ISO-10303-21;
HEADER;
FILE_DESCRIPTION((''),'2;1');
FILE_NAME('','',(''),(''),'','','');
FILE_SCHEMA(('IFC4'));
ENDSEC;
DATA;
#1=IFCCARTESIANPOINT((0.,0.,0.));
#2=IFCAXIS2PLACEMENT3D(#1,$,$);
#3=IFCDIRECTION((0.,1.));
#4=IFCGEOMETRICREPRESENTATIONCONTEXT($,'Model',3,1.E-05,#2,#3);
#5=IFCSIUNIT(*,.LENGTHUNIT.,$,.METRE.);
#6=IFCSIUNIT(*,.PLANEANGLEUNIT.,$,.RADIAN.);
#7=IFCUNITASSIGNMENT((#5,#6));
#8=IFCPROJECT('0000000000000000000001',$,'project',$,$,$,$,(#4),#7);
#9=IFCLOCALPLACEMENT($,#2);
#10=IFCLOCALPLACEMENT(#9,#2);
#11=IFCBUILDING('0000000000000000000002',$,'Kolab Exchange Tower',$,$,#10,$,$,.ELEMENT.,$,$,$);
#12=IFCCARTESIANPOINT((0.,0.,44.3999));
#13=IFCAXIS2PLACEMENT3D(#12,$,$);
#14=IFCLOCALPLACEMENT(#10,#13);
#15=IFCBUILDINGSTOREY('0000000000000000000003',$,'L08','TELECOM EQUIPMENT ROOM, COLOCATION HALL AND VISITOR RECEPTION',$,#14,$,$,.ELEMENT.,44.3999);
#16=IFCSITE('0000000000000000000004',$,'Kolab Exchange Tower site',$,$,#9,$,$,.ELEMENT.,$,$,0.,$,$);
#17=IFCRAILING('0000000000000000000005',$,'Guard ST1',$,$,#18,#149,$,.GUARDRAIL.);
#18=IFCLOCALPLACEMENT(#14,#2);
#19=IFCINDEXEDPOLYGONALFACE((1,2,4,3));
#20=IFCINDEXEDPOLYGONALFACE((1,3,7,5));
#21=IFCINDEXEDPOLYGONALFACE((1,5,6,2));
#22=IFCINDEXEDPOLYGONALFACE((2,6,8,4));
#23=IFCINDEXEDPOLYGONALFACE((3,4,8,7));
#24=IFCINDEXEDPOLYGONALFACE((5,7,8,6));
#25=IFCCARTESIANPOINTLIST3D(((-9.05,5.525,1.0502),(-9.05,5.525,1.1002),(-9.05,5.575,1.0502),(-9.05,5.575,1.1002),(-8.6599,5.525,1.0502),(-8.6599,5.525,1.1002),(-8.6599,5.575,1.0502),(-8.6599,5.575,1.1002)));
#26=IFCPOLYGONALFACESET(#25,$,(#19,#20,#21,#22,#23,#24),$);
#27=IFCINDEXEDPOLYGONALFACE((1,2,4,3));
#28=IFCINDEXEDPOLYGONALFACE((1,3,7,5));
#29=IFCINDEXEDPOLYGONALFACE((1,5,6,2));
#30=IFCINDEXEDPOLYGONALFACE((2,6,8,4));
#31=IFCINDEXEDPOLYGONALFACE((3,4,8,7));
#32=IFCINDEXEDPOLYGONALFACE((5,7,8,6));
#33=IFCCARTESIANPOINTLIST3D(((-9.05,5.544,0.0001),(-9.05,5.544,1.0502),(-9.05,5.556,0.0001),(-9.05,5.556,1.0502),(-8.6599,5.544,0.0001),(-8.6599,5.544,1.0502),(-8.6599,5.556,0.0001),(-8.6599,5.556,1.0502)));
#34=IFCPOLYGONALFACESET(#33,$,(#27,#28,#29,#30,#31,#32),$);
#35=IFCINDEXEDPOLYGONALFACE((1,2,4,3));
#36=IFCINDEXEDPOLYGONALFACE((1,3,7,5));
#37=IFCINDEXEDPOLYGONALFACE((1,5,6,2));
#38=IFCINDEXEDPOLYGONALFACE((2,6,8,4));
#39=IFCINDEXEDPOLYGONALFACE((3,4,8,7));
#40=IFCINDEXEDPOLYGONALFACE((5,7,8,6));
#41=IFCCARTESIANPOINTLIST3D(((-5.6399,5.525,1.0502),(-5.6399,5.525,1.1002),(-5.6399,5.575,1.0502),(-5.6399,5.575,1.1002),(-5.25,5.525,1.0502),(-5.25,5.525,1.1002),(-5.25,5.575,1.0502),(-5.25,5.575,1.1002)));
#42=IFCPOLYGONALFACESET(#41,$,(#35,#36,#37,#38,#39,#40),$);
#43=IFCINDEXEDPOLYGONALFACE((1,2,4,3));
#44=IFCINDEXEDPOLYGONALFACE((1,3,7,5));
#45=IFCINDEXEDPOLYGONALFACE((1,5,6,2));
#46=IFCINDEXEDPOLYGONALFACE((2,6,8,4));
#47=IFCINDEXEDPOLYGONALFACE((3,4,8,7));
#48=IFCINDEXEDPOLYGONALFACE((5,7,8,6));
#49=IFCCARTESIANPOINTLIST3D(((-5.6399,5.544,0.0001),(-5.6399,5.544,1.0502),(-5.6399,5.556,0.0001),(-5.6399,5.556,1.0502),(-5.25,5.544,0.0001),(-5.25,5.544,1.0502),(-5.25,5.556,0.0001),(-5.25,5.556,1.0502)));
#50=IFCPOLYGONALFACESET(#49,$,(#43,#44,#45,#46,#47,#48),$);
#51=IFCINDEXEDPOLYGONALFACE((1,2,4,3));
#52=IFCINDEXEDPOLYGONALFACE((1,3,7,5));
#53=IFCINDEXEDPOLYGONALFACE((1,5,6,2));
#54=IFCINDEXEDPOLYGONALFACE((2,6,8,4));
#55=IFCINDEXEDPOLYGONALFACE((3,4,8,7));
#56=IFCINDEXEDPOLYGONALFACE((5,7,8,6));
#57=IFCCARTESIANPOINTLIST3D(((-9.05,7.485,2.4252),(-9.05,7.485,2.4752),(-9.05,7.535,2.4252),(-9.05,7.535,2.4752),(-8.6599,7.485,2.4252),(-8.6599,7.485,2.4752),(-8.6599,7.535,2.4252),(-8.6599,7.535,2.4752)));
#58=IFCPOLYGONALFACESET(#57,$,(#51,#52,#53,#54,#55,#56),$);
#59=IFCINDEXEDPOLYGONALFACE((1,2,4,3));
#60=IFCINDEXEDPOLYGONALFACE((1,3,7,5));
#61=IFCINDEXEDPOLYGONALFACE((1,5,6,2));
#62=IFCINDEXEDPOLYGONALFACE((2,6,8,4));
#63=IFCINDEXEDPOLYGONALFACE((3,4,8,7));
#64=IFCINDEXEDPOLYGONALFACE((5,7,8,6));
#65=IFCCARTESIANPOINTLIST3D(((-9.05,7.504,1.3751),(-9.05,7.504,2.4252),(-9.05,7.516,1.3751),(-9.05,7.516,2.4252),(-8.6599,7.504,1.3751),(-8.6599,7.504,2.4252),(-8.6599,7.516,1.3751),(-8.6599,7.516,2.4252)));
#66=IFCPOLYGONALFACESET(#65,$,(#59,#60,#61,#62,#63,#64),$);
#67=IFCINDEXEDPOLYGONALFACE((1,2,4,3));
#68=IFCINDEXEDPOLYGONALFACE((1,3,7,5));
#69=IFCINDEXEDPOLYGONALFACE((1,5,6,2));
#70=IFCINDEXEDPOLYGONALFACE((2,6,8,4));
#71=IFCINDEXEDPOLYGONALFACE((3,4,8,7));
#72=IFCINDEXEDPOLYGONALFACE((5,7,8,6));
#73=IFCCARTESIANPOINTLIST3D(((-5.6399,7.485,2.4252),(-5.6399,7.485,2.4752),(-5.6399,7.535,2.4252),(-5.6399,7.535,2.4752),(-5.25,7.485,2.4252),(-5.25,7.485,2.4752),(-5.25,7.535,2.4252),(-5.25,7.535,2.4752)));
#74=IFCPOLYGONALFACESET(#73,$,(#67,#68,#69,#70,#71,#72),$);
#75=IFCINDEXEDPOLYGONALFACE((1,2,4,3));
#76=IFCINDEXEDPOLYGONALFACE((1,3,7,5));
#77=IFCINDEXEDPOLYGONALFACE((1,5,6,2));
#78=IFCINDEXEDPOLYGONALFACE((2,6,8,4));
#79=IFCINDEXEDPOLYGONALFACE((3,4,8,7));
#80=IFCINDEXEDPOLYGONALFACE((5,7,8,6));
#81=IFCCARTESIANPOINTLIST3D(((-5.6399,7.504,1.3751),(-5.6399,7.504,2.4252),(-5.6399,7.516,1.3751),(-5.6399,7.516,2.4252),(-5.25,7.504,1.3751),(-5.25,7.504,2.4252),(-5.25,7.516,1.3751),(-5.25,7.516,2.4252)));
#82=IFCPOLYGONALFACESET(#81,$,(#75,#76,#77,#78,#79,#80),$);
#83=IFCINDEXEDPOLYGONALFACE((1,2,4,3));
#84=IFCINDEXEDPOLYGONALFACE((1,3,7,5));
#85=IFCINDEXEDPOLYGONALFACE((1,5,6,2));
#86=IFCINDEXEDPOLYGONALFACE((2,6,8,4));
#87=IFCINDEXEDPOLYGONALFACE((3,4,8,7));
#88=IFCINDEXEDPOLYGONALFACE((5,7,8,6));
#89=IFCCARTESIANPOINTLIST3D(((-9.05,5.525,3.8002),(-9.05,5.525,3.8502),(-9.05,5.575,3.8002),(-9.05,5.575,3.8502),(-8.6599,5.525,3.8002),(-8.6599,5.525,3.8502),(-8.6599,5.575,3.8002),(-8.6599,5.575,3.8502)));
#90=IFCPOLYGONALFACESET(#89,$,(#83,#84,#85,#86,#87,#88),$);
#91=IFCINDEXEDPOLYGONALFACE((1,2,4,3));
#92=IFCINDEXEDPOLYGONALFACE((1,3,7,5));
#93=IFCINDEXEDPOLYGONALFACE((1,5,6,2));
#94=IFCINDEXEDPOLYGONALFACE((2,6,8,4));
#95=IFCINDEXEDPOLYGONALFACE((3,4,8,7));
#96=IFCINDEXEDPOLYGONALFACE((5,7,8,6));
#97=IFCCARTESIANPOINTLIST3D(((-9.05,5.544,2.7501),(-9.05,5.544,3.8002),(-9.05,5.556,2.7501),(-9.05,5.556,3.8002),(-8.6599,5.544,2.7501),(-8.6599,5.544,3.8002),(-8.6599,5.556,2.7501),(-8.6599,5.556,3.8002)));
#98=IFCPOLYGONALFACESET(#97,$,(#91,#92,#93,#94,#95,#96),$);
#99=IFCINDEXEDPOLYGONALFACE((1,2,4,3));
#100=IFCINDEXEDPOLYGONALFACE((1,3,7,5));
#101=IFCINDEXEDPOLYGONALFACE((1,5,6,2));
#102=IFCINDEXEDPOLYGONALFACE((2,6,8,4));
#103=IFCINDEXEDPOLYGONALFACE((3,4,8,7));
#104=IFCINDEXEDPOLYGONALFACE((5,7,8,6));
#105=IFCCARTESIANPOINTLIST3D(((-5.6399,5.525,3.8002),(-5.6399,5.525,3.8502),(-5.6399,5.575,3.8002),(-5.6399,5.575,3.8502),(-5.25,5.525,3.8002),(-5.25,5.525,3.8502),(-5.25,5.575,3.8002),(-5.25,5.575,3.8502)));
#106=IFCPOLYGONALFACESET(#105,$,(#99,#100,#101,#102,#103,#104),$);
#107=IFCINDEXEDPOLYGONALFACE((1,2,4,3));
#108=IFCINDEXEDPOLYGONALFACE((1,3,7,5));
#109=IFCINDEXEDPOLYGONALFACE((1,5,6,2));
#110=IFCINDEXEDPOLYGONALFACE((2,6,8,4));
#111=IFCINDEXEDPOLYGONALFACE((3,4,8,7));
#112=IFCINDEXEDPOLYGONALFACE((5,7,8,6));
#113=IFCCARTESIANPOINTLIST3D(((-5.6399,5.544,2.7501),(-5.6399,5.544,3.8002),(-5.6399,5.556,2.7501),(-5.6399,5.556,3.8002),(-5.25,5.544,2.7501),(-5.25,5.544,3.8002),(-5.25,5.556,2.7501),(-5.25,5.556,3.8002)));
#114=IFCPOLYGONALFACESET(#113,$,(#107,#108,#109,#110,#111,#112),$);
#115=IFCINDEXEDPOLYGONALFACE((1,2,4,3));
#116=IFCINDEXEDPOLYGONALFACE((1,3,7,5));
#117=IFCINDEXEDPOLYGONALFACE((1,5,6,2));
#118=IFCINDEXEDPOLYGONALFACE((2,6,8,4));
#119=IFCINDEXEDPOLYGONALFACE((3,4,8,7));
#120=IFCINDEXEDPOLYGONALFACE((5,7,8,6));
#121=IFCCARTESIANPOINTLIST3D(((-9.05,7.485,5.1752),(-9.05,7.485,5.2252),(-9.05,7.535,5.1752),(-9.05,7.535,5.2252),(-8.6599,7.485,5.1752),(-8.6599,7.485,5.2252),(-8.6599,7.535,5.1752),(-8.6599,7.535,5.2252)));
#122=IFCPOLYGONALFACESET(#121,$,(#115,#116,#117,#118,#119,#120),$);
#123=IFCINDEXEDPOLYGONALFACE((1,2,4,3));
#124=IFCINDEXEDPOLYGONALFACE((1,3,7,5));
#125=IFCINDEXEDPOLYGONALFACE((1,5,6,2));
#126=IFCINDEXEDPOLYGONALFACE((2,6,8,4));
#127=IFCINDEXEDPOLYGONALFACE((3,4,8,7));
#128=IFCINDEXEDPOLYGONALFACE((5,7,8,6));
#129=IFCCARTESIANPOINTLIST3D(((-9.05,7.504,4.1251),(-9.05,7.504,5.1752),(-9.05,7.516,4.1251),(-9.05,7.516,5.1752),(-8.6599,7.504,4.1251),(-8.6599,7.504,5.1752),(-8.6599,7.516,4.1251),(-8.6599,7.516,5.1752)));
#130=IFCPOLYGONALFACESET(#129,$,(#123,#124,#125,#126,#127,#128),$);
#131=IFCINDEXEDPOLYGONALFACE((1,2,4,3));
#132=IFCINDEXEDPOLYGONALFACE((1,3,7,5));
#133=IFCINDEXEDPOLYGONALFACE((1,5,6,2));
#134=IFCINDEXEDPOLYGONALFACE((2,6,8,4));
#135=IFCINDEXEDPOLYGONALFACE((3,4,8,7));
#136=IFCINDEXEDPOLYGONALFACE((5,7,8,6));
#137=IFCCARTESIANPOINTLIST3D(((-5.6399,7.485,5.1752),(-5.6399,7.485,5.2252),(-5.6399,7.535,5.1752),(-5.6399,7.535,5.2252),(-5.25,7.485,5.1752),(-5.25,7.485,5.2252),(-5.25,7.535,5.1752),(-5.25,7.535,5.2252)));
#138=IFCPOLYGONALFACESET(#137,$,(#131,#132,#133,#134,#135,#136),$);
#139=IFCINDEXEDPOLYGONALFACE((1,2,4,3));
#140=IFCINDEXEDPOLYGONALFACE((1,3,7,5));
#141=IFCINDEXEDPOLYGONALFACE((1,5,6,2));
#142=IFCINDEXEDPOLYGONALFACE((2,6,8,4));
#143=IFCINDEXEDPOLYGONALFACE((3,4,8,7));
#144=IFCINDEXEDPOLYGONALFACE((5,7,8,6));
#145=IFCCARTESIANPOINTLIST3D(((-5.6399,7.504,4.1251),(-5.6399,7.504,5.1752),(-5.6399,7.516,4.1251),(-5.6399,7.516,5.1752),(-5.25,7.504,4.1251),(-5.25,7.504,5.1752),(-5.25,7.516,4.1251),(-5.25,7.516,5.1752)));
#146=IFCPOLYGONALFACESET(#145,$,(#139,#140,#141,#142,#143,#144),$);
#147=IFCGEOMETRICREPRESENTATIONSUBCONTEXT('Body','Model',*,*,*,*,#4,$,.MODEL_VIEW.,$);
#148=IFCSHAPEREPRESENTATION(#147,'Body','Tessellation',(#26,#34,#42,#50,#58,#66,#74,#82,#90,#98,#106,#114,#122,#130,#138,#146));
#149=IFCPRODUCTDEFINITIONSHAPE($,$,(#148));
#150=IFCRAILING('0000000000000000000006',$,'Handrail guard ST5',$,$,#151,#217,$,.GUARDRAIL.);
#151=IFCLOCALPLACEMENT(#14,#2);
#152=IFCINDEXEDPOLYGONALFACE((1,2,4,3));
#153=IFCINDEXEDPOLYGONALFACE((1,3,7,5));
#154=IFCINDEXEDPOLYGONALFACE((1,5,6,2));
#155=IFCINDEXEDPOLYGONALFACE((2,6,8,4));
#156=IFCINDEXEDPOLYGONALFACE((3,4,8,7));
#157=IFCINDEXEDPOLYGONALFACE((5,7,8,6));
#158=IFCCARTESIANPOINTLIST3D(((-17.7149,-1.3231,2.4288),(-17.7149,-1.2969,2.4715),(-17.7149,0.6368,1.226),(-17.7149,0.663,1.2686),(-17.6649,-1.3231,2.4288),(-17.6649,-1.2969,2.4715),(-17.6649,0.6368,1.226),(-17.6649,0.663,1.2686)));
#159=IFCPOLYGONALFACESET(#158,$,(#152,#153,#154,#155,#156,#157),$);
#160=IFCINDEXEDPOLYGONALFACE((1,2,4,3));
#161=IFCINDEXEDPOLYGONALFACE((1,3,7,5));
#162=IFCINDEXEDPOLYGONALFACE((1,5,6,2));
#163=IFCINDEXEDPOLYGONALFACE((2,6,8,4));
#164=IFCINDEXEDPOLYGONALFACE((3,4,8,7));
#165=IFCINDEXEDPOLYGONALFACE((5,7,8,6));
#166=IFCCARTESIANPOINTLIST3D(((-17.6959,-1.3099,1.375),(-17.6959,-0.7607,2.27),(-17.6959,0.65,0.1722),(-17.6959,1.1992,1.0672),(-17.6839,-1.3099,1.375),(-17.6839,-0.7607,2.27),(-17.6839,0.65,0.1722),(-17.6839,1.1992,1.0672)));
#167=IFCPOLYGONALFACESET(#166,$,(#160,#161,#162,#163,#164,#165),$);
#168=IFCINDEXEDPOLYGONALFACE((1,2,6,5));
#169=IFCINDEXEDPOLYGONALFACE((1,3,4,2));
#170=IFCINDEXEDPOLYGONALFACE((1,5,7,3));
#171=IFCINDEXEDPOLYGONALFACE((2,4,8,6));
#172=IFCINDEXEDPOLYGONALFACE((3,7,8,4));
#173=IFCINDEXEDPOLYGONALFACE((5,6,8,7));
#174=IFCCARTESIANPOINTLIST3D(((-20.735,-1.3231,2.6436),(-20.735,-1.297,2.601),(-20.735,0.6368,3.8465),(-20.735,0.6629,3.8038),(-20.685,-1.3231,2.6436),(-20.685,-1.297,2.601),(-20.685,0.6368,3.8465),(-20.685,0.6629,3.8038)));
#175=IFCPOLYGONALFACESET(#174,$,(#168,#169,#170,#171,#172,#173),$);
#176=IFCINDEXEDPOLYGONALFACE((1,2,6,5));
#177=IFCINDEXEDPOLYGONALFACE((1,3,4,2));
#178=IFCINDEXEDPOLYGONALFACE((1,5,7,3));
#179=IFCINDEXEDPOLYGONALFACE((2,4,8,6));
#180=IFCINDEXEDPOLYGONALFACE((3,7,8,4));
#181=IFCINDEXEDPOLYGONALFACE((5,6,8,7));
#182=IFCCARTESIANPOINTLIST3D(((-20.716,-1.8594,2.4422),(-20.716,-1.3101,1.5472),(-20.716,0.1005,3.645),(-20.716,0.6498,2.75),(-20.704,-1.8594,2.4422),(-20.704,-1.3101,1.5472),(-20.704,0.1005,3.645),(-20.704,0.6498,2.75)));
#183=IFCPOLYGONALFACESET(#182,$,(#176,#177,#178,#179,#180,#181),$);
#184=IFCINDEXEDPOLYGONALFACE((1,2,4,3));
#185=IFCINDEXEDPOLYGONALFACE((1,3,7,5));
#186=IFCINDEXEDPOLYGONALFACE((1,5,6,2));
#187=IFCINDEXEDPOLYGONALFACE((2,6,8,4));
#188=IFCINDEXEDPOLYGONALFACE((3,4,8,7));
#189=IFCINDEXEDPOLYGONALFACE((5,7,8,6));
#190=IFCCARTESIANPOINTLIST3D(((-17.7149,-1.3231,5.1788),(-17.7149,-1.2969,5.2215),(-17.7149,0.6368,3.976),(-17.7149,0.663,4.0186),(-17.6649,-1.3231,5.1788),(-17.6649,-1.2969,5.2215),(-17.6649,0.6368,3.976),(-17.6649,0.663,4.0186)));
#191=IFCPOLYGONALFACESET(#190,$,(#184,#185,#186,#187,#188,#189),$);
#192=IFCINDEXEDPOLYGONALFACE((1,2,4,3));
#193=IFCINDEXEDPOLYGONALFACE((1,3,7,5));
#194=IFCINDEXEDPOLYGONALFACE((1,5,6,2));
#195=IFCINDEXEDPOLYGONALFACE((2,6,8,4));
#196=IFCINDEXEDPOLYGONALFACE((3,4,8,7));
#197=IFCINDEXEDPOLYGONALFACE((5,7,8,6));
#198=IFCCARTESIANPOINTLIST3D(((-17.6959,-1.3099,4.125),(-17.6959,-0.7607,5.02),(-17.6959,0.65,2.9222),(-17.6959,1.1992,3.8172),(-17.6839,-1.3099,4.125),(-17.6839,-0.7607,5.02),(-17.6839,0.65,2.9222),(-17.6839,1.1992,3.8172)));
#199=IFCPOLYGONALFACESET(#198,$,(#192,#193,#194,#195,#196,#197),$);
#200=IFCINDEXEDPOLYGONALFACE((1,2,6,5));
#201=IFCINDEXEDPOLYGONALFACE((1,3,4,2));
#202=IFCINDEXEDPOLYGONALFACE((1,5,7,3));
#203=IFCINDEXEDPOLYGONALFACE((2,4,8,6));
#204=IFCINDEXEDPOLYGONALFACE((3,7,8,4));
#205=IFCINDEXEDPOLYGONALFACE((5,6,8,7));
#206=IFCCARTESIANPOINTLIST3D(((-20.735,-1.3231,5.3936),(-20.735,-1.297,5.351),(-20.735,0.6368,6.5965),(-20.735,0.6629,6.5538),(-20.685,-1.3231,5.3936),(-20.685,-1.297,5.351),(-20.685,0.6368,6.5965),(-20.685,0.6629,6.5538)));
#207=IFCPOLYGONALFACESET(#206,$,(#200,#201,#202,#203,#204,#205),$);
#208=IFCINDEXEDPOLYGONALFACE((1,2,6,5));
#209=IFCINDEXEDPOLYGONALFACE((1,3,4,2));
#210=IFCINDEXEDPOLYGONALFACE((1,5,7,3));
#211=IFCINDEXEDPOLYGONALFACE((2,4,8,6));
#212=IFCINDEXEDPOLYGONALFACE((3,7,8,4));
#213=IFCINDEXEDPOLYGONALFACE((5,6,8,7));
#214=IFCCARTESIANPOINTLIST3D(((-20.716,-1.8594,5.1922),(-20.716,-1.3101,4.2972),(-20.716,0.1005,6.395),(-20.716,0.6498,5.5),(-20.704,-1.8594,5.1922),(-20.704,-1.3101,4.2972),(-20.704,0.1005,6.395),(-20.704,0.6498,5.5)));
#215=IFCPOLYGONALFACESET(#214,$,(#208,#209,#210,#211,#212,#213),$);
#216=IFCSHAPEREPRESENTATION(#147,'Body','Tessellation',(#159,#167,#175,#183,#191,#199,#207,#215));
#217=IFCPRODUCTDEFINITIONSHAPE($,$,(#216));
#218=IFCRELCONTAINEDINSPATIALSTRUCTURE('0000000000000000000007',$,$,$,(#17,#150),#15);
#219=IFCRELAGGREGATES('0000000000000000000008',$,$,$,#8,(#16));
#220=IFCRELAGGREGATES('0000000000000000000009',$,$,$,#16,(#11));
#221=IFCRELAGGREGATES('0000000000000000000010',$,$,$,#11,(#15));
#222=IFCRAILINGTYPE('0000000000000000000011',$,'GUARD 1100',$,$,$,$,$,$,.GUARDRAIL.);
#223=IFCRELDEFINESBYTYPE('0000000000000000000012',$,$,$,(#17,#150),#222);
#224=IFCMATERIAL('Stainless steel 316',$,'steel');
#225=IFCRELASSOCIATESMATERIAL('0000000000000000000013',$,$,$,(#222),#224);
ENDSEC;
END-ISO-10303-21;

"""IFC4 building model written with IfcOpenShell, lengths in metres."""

from ifc_helpers import new_model, si_unit, direction, frame, frame_2d, origin, origin_2d, place, context, subcontext, project, spatial, rectangle, extrude, material, type_object, element, save


model = new_model("IFC4")

# Units and contexts
model_context = context("Model", 3, precision=1e-05, world=origin(), true_north=direction((0.0, 1.0)))
body_context = subcontext(model_context, "Body", "Model", "MODEL_VIEW")
ifc_project = project(units=[si_unit("LENGTHUNIT", "METRE"), si_unit("PLANEANGLEUNIT", "RADIAN")], contexts=[model_context])

# Site, building, storey
site_placement = place(None, origin())
site = spatial("IfcSite", under=ifc_project, at=site_placement, Name="Kolab Exchange Tower site", CompositionType="ELEMENT", RefElevation=0.0)
building_placement = place(site_placement, origin())
building = spatial("IfcBuilding", under=site, at=building_placement, Name="Kolab Exchange Tower", CompositionType="ELEMENT")
storey_placement = place(building_placement, frame((0.0, 0.0, 44.3999)))
storey = spatial("IfcBuildingStorey", under=building, at=storey_placement, Name="L08", Description="TELECOM EQUIPMENT ROOM, COLOCATION HALL AND VISITOR RECEPTION", CompositionType="ELEMENT", Elevation=44.3999)

# Railings
ifc_material_1 = material(Name="Stainless steel 316", Category="steel")
railing_type = type_object("IfcRailingType", Name="GUARD 1100", PredefinedType="GUARDRAIL", material=ifc_material_1)
railing_1_placement = place(storey_placement, frame((-9.05, 5.55, 0.0)))
element("IfcRailing", 1, at=railing_1_placement, inside=storey, type_object=railing_type, Name="Guard ST1", PredefinedType="GUARDRAIL", context=body_context, shape_type="SweptSolid", body=[
    extrude(rectangle(XDim=0.05, YDim=0.05, at=origin_2d()), frame((0.0, 0.0, 1.0752), z_axis=(1.0, 0.0, 0.0), x_axis=(0.0, 1.0, 0.0)), (0.0, 0.0, 1.0), 0.3901),
    extrude(rectangle(XDim=0.012, YDim=1.0501, at=frame_2d((0.0, 0.5251))), frame((0.0, 0.0, 0.0), z_axis=(1.0, 0.0, 0.0), x_axis=(0.0, 1.0, 0.0)), (0.0, 0.0, 1.0), 0.3901),
    extrude(rectangle(XDim=0.05, YDim=0.05, at=origin_2d()), frame((3.4102, 0.0, 1.0752), z_axis=(1.0, 0.0, 0.0), x_axis=(0.0, 1.0, 0.0)), (0.0, 0.0, 1.0), 0.3899),
    extrude(rectangle(XDim=0.012, YDim=1.0501, at=frame_2d((0.0, 0.5251))), frame((3.4102, 0.0, 0.0), z_axis=(1.0, 0.0, 0.0), x_axis=(0.0, 1.0, 0.0)), (0.0, 0.0, 1.0), 0.3899),
    extrude(rectangle(XDim=0.05, YDim=0.05, at=origin_2d()), frame((0.0, 1.96, 2.4502), z_axis=(1.0, 0.0, 0.0), x_axis=(0.0, 1.0, 0.0)), (0.0, 0.0, 1.0), 0.3901),
    extrude(rectangle(XDim=0.012, YDim=1.0501, at=frame_2d((0.0, 0.5251))), frame((0.0, 1.96, 1.375), z_axis=(1.0, 0.0, 0.0), x_axis=(0.0, 1.0, 0.0)), (0.0, 0.0, 1.0), 0.3901),
    extrude(rectangle(XDim=0.05, YDim=0.05, at=origin_2d()), frame((3.4102, 1.96, 2.4502), z_axis=(1.0, 0.0, 0.0), x_axis=(0.0, 1.0, 0.0)), (0.0, 0.0, 1.0), 0.3899),
    extrude(rectangle(XDim=0.012, YDim=1.0501, at=frame_2d((0.0, 0.5251))), frame((3.4102, 1.96, 1.375), z_axis=(1.0, 0.0, 0.0), x_axis=(0.0, 1.0, 0.0)), (0.0, 0.0, 1.0), 0.3899),
    extrude(rectangle(XDim=0.05, YDim=0.05, at=origin_2d()), frame((0.0, 0.0, 3.8252), z_axis=(1.0, 0.0, 0.0), x_axis=(0.0, 1.0, 0.0)), (0.0, 0.0, 1.0), 0.3901),
    extrude(rectangle(XDim=0.012, YDim=1.0501, at=frame_2d((0.0, 0.5251))), frame((0.0, 0.0, 2.75), z_axis=(1.0, 0.0, 0.0), x_axis=(0.0, 1.0, 0.0)), (0.0, 0.0, 1.0), 0.3901),
    extrude(rectangle(XDim=0.05, YDim=0.05, at=origin_2d()), frame((3.4102, 0.0, 3.8252), z_axis=(1.0, 0.0, 0.0), x_axis=(0.0, 1.0, 0.0)), (0.0, 0.0, 1.0), 0.3899),
    extrude(rectangle(XDim=0.012, YDim=1.0501, at=frame_2d((0.0, 0.5251))), frame((3.4102, 0.0, 2.75), z_axis=(1.0, 0.0, 0.0), x_axis=(0.0, 1.0, 0.0)), (0.0, 0.0, 1.0), 0.3899),
    extrude(rectangle(XDim=0.05, YDim=0.05, at=origin_2d()), frame((0.0, 1.96, 5.2002), z_axis=(1.0, 0.0, 0.0), x_axis=(0.0, 1.0, 0.0)), (0.0, 0.0, 1.0), 0.3901),
    extrude(rectangle(XDim=0.012, YDim=1.0501, at=frame_2d((0.0, 0.5251))), frame((0.0, 1.96, 4.125), z_axis=(1.0, 0.0, 0.0), x_axis=(0.0, 1.0, 0.0)), (0.0, 0.0, 1.0), 0.3901),
    extrude(rectangle(XDim=0.05, YDim=0.05, at=origin_2d()), frame((3.4102, 1.96, 5.2002), z_axis=(1.0, 0.0, 0.0), x_axis=(0.0, 1.0, 0.0)), (0.0, 0.0, 1.0), 0.3899),
    extrude(rectangle(XDim=0.012, YDim=1.0501, at=frame_2d((0.0, 0.5251))), frame((3.4102, 1.96, 4.125), z_axis=(1.0, 0.0, 0.0), x_axis=(0.0, 1.0, 0.0)), (0.0, 0.0, 1.0), 0.3899),
])
railing_2_placement = place(storey_placement, frame((-17.6899, 0.6499, 0.1721)))
element("IfcRailing", 2, at=railing_2_placement, inside=storey, type_object=railing_type, Name="Handrail guard ST5", PredefinedType="GUARDRAIL", context=body_context, shape_type="SweptSolid", body=[
    extrude(rectangle(XDim=0.05, YDim=0.05, at=origin_2d()), frame((0.0, 0.0, 1.0752), z_axis=(0.0, -0.852288, 0.523072), x_axis=(1.0, 0.0, 0.0)), (0.0, 0.0, 1.0), 2.2996),
    extrude(rectangle(XDim=0.012, YDim=1.0501, at=frame_2d((0.0, 0.5251))), frame((0.0, 0.0, 0.0), z_axis=(0.0, -0.852288, 0.523072), x_axis=(1.0, 0.0, 0.0)), (0.0, 0.0, 1.0), 2.2996),
    extrude(rectangle(XDim=0.05, YDim=0.05, at=origin_2d()), frame((-3.02, -1.96, 2.4502), z_axis=(0.0, 0.852288, 0.523072), x_axis=(-1.0, 0.0, 0.0)), (0.0, 0.0, 1.0), 2.2996),
    extrude(rectangle(XDim=0.012, YDim=1.0501, at=frame_2d((0.0, 0.5251))), frame((-3.02, -1.96, 1.375), z_axis=(0.0, 0.852288, 0.523072), x_axis=(-1.0, 0.0, 0.0)), (0.0, 0.0, 1.0), 2.2996),
    extrude(rectangle(XDim=0.05, YDim=0.05, at=origin_2d()), frame((0.0, 0.0, 3.8252), z_axis=(0.0, -0.852288, 0.523072), x_axis=(1.0, 0.0, 0.0)), (0.0, 0.0, 1.0), 2.2996),
    extrude(rectangle(XDim=0.012, YDim=1.0501, at=frame_2d((0.0, 0.5251))), frame((0.0, 0.0, 2.75), z_axis=(0.0, -0.852288, 0.523072), x_axis=(1.0, 0.0, 0.0)), (0.0, 0.0, 1.0), 2.2996),
    extrude(rectangle(XDim=0.05, YDim=0.05, at=origin_2d()), frame((-3.02, -1.96, 5.2002), z_axis=(0.0, 0.852288, 0.523072), x_axis=(-1.0, 0.0, 0.0)), (0.0, 0.0, 1.0), 2.2996),
    extrude(rectangle(XDim=0.012, YDim=1.0501, at=frame_2d((0.0, 0.5251))), frame((-3.02, -1.96, 4.125), z_axis=(0.0, 0.852288, 0.523072), x_axis=(-1.0, 0.0, 0.0)), (0.0, 0.0, 1.0), 2.2996),
])

save(model, "model.ifc")
